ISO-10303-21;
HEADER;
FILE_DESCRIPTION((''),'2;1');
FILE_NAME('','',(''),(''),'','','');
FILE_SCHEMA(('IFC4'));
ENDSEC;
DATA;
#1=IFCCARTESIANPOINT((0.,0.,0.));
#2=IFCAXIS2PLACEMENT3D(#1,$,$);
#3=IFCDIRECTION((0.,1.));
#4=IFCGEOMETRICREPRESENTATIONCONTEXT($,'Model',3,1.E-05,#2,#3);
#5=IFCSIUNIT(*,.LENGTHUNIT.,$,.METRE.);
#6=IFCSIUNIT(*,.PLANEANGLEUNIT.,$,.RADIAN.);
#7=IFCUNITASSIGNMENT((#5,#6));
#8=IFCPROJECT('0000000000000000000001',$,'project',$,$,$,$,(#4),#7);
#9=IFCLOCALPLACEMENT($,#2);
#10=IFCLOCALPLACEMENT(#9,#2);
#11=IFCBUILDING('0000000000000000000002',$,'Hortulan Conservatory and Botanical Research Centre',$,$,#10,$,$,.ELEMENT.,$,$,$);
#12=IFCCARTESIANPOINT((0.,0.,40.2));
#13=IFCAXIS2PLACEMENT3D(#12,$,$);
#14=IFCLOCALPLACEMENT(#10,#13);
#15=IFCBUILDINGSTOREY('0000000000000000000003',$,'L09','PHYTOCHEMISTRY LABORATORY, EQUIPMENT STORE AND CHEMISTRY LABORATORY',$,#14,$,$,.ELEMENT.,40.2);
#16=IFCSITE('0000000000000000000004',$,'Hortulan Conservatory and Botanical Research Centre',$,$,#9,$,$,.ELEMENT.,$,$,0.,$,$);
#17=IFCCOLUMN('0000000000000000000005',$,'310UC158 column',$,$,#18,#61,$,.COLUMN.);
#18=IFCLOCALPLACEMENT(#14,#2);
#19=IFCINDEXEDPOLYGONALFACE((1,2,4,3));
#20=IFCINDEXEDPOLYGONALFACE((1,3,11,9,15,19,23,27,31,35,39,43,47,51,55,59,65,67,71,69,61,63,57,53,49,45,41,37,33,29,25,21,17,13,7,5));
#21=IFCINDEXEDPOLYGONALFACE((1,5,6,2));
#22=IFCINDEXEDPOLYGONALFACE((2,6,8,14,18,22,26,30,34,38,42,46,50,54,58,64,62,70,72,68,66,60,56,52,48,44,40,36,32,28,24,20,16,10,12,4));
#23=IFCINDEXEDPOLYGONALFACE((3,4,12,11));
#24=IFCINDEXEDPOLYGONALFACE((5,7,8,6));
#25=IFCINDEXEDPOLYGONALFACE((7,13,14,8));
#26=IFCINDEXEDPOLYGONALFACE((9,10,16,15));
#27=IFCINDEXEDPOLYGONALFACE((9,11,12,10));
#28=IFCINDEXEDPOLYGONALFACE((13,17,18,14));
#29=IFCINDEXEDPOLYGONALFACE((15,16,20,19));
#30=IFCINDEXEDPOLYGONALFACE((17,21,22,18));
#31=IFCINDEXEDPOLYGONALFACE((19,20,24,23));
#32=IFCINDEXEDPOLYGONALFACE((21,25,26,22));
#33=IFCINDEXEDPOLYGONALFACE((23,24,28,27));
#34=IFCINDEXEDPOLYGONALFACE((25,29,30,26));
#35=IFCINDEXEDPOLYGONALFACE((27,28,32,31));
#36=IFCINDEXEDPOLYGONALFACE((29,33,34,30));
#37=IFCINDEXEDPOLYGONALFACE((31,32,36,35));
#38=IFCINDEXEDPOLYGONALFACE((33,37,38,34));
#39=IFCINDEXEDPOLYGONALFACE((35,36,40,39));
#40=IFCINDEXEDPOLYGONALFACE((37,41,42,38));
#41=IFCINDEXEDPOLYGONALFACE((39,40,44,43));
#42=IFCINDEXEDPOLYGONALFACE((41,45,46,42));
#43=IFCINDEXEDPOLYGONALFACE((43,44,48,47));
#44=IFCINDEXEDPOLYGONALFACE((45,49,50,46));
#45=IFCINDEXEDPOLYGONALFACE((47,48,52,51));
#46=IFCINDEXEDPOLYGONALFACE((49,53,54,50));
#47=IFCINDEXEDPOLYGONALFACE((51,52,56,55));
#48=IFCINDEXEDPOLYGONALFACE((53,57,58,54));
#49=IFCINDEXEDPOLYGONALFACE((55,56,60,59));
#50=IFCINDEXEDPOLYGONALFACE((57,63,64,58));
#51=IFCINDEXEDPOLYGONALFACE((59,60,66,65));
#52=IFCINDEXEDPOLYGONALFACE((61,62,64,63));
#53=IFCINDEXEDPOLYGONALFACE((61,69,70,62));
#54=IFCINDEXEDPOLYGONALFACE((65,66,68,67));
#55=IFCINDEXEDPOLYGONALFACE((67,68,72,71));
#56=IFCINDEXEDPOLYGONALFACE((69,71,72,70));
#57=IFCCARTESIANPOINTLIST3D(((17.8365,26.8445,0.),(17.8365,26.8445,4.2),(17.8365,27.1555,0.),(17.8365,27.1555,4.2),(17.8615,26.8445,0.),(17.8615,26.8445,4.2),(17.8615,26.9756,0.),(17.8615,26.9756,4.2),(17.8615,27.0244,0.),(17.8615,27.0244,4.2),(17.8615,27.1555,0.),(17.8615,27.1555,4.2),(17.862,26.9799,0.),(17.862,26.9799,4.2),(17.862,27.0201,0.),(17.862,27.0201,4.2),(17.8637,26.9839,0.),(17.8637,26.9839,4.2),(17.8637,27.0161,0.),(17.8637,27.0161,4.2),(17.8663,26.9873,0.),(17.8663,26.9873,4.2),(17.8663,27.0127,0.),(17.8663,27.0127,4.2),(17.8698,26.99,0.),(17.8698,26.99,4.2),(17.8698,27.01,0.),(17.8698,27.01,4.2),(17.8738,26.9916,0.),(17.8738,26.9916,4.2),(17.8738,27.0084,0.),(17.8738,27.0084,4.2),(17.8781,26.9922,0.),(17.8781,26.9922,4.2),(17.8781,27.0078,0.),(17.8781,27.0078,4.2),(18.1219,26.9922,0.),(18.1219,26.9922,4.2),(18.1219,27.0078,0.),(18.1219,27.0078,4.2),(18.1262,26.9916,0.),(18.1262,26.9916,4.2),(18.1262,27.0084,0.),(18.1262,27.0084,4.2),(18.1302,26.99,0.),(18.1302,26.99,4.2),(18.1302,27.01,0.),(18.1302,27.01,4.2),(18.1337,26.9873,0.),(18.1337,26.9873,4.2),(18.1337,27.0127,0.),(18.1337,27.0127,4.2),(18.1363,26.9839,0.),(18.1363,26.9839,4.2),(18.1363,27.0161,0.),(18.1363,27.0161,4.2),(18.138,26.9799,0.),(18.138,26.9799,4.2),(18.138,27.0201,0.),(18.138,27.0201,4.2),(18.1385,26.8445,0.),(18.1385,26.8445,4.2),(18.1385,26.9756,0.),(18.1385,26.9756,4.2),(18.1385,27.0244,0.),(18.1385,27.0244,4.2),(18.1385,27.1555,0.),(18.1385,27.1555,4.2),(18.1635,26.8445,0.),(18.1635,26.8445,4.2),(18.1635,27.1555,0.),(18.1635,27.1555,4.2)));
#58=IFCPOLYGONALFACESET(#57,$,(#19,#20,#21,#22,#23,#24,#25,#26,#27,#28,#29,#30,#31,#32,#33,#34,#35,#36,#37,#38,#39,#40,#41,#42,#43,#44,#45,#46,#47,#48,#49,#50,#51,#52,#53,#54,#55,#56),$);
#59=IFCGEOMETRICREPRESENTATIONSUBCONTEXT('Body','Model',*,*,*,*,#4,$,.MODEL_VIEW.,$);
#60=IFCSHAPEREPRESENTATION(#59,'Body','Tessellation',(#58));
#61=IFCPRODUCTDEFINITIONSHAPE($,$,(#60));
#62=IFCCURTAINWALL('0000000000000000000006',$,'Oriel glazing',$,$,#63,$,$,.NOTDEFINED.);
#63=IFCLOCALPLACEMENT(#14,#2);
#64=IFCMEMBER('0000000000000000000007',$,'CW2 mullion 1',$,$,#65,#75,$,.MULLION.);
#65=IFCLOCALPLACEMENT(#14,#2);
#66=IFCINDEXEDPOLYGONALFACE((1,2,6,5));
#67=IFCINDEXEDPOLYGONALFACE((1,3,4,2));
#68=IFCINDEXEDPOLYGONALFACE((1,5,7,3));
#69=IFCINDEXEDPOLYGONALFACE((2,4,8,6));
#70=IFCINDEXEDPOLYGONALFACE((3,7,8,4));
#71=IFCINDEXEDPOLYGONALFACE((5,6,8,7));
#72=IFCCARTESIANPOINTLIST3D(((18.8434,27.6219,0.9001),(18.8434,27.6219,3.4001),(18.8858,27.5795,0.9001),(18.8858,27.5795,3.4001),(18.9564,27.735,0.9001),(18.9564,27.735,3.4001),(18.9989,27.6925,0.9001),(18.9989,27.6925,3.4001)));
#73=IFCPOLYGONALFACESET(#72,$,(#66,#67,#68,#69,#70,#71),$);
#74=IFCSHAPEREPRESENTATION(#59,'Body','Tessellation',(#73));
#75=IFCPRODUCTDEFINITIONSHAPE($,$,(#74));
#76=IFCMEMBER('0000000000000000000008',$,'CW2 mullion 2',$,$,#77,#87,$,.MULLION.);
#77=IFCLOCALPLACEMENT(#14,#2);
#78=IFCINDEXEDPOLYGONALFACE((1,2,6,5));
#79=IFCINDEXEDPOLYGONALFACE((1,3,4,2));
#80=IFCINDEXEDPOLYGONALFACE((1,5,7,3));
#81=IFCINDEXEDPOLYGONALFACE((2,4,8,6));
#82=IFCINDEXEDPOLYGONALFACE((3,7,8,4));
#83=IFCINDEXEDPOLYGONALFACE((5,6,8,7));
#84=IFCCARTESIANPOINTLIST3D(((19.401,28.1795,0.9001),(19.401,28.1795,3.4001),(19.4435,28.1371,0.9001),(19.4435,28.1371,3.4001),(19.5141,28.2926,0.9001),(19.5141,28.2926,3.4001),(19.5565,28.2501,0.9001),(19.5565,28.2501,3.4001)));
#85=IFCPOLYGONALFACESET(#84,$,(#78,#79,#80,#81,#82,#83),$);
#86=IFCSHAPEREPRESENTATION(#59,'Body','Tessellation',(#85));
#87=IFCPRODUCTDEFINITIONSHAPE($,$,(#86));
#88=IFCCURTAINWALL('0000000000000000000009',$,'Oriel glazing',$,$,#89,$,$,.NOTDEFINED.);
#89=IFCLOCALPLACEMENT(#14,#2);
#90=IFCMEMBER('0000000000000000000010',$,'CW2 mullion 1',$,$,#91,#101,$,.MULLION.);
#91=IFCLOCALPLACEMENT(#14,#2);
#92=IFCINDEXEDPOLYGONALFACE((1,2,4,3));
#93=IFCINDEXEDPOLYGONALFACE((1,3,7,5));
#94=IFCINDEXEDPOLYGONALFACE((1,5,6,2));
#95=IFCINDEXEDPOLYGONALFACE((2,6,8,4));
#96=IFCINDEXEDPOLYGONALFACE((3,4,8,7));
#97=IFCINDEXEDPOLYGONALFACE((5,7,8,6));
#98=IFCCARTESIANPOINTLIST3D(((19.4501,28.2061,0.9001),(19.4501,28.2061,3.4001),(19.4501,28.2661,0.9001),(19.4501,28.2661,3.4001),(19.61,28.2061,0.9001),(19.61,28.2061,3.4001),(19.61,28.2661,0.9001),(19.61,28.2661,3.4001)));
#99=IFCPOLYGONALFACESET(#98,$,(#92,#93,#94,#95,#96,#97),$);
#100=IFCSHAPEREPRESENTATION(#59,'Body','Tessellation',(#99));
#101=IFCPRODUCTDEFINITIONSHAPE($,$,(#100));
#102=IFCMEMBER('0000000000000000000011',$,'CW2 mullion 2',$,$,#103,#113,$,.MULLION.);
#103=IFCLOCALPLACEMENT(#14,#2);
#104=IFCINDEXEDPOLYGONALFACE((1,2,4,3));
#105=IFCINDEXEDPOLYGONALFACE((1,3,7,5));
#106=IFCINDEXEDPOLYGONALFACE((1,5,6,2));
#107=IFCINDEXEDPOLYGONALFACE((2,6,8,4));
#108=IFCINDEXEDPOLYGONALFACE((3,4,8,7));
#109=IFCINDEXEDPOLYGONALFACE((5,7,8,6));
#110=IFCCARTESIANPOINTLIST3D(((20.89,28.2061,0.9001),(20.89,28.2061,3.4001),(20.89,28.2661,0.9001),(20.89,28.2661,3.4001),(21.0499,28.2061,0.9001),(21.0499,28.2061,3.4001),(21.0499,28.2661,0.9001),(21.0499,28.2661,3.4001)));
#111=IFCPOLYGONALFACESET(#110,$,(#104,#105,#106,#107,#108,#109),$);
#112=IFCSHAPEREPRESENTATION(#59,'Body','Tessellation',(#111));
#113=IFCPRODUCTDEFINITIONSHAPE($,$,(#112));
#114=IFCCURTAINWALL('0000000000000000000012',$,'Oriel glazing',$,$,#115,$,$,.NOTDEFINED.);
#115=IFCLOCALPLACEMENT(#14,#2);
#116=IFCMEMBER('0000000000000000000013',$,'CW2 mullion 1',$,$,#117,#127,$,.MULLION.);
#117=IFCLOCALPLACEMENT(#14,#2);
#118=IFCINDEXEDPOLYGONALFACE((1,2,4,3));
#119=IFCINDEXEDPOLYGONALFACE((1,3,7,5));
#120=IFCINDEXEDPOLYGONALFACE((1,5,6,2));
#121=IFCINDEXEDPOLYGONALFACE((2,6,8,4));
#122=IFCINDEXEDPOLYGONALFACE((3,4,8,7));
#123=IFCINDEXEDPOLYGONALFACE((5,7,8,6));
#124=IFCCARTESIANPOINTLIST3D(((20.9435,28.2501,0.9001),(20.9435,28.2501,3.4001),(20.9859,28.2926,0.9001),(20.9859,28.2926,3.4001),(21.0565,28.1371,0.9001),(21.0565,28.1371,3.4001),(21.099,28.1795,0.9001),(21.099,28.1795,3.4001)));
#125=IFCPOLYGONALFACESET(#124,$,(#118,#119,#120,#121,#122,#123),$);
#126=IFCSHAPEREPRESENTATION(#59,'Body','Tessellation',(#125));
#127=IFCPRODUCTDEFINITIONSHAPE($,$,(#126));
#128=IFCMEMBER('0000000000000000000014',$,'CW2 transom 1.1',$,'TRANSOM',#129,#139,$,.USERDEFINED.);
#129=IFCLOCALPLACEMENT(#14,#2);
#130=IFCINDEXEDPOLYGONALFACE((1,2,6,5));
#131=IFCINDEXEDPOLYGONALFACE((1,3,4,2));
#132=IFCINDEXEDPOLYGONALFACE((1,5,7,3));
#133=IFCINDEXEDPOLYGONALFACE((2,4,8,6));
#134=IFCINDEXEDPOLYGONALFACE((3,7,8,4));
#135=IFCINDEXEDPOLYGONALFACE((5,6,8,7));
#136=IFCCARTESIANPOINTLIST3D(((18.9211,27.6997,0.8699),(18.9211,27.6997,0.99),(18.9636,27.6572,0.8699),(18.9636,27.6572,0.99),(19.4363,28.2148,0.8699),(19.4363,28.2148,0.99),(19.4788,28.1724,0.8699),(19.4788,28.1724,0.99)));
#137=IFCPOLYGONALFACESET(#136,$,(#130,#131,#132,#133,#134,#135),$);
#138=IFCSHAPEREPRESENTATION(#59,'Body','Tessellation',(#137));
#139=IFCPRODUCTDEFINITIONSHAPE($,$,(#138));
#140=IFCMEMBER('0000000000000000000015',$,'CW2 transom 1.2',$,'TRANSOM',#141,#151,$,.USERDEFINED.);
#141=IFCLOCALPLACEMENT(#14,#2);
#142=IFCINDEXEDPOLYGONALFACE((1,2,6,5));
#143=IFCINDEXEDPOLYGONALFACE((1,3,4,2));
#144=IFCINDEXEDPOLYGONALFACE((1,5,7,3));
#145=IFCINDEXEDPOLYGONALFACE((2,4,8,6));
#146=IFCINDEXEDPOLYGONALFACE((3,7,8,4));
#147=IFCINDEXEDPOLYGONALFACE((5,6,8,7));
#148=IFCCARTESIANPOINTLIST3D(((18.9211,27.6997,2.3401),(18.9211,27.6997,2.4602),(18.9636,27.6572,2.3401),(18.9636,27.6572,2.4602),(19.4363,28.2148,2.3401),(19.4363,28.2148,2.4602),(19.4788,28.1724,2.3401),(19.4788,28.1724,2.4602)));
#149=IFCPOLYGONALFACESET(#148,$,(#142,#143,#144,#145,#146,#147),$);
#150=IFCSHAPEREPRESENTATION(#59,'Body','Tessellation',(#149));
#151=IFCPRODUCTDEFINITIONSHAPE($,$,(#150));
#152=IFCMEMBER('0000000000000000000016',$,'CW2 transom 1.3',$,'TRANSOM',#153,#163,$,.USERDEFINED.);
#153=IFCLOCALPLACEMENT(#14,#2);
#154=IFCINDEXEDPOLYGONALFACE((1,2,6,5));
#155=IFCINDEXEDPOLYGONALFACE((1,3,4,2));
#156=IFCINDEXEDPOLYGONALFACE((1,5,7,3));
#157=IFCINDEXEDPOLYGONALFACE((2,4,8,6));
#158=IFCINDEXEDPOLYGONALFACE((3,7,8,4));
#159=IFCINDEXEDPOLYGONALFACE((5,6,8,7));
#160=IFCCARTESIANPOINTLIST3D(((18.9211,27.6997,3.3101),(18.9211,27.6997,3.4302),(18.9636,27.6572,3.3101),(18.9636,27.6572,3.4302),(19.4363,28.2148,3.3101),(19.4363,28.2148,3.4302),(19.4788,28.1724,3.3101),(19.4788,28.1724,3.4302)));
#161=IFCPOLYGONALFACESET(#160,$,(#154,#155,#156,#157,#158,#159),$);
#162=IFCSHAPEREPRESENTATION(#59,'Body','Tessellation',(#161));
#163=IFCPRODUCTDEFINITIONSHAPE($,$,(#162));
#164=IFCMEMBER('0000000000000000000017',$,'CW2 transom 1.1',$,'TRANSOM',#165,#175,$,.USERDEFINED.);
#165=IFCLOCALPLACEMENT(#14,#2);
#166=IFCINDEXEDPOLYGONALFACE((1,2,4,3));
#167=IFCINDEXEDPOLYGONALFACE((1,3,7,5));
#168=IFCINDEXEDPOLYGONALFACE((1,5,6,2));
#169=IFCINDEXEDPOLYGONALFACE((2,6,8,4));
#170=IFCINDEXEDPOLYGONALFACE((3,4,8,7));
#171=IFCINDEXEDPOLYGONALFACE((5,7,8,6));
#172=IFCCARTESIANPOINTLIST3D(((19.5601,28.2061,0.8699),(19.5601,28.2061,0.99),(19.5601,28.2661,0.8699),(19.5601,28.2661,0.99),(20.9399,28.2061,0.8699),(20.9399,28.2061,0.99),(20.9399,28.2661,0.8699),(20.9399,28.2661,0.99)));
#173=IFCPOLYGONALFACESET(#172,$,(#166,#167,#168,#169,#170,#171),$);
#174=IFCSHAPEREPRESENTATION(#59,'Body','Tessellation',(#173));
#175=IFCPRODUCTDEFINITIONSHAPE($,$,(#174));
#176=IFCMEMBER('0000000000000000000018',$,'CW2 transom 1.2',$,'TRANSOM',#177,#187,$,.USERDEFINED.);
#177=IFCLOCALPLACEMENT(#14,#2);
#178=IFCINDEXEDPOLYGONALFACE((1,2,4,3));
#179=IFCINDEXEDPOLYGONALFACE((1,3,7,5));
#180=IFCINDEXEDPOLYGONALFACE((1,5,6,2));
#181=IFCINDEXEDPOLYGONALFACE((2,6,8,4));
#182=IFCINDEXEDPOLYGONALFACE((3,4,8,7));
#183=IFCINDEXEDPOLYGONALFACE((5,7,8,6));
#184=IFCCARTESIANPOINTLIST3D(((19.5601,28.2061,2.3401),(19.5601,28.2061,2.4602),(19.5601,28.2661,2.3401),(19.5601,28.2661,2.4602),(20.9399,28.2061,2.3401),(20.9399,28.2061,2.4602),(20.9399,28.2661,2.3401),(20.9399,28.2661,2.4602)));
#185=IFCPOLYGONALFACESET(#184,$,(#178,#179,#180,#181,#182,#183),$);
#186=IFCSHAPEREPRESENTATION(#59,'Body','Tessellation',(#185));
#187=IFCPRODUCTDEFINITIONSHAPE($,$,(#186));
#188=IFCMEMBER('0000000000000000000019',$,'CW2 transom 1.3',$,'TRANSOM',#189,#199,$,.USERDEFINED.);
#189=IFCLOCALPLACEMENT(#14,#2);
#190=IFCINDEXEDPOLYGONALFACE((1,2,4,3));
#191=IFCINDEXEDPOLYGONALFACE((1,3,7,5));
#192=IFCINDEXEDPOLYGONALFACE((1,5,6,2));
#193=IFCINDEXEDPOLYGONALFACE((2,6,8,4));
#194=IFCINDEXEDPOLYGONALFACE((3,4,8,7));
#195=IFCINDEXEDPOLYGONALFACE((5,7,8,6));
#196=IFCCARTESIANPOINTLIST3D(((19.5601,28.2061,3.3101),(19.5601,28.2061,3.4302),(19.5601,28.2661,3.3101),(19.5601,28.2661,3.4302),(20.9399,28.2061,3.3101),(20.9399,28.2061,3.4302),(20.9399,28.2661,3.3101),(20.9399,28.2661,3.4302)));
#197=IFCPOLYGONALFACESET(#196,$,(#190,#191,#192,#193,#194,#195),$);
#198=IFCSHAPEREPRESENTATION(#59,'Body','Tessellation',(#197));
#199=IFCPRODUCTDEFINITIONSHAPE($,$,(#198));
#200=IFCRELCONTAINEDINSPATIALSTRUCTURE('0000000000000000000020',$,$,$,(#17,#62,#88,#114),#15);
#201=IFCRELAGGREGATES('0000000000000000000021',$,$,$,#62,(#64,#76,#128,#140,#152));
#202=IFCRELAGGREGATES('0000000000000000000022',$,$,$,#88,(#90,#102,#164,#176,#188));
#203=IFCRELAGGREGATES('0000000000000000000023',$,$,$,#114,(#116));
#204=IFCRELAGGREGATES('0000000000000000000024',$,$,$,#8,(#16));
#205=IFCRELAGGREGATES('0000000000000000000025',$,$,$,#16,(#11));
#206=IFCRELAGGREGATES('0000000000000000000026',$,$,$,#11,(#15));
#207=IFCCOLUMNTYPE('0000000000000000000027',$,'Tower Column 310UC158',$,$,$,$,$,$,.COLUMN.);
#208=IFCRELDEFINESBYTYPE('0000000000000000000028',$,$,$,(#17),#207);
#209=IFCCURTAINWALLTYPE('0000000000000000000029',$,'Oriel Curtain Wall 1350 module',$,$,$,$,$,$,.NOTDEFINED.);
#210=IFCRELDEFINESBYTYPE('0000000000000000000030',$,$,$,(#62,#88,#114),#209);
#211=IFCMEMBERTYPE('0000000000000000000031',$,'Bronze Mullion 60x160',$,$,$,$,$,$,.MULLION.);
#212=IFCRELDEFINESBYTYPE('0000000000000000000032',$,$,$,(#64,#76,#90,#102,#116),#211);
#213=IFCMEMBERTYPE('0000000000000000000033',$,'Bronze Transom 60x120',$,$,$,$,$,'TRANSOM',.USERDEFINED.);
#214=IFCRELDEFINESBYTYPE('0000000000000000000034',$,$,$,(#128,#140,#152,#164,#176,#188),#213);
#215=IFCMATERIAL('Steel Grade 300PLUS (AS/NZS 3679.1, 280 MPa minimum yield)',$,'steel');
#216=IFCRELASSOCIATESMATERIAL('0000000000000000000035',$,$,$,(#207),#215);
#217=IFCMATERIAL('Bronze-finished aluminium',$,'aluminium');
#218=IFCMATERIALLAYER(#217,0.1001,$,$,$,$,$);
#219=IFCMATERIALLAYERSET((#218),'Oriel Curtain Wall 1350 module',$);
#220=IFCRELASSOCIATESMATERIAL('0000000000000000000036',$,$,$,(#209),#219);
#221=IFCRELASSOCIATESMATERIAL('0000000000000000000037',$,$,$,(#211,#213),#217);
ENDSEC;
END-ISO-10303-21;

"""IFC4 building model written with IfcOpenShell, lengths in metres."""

from ifc_helpers import new_model, si_unit, direction, frame, origin, origin_2d, place, context, subcontext, project, spatial, rectangle, i_section, extrude, material, layer, layer_set, material_profile, profile_set, type_object, element, aggregate, save


model = new_model("IFC4")

# Units and contexts
model_context = context("Model", 3, precision=1e-05, world=origin(), true_north=direction((0.0, 1.0)))
body_context = subcontext(model_context, "Body", "Model", "MODEL_VIEW")
ifc_project = project(units=[si_unit("LENGTHUNIT", "METRE"), si_unit("PLANEANGLEUNIT", "RADIAN")], contexts=[model_context])

# Site, building, storey
site_placement = place(None, origin())
site = spatial("IfcSite", under=ifc_project, at=site_placement, Name="Hortulan Conservatory and Botanical Research Centre", CompositionType="ELEMENT", RefElevation=0.0)
building_placement = place(site_placement, origin())
building = spatial("IfcBuilding", under=site, at=building_placement, Name="Hortulan Conservatory and Botanical Research Centre", CompositionType="ELEMENT")
storey_placement = place(building_placement, frame((0.0, 0.0, 40.2)))
storey = spatial("IfcBuildingStorey", under=building, at=storey_placement, Name="L09", Description="PHYTOCHEMISTRY LABORATORY, EQUIPMENT STORE AND CHEMISTRY LABORATORY", CompositionType="ELEMENT", Elevation=40.2)

# Column
ifc_material_1 = material(Name="Steel Grade 300PLUS (AS/NZS 3679.1, 280 MPa minimum yield)", Category="steel")
ifc_material_profile_1 = material_profile(ifc_material_1, i_section(OverallWidth=0.311, OverallDepth=0.3269, WebThickness=0.0156, FlangeThickness=0.0249, FilletRadius=0.0166, at=origin_2d()), Name="310UC158")
ifc_profile_set_1 = profile_set([ifc_material_profile_1], Name="Steel Grade 300PLUS (AS/NZS 3679.1, 280 MPa minimum yield)")
column_type = type_object("IfcColumnType", Name="Tower Column 310UC158", PredefinedType="COLUMN", material=ifc_profile_set_1)
column_placement = place(storey_placement, frame((18.0, 27.0, 0.0), z_axis=(0.0, 0.0, 1.0), x_axis=(0.0, 1.0, 0.0)))
element("IfcColumn", 1, at=column_placement, inside=storey, type_object=column_type, Name="310UC158 column", PredefinedType="COLUMN", context=body_context, shape_type="SweptSolid", body=[
    extrude(i_section(OverallWidth=0.311, OverallDepth=0.3269, WebThickness=0.0156, FlangeThickness=0.0249, FilletRadius=0.0166, at=origin_2d()), origin(), (0.0, 0.0, 1.0), 4.2),
])

# Curtain walls, members
ifc_material_2 = material(Name="Bronze-finished aluminium", Category="aluminium")
ifc_layer_1 = layer(ifc_material_2, 0.1001)
ifc_layer_set_1 = layer_set([ifc_layer_1], Name="Oriel Curtain Wall 1350 module")
curtain_wall_type = type_object("IfcCurtainWallType", Name="Oriel Curtain Wall 1350 module", PredefinedType="NOTDEFINED", material=ifc_layer_set_1)
curtain_wall_1_placement = place(storey_placement, origin())
curtain_wall_1 = element("IfcCurtainWall", 2, at=curtain_wall_1_placement, inside=storey, type_object=curtain_wall_type, Name="Oriel glazing", PredefinedType="NOTDEFINED")
ifc_material_profile_2 = material_profile(ifc_material_2, rectangle(XDim=0.0601, YDim=0.1599, at=origin_2d()), Name="Bronze Mullion 60x160")
ifc_profile_set_2 = profile_set([ifc_material_profile_2], Name="Bronze-finished aluminium")
member_type_1 = type_object("IfcMemberType", Name="Bronze Mullion 60x160", PredefinedType="MULLION", material=ifc_profile_set_2)
member_1_placement = place(storey_placement, frame((18.9211, 27.6572, 0.9001), z_axis=(0.0, 0.0, 1.0), x_axis=(-0.707107, 0.707107, 0.0)))
member_1 = element("IfcMember", 3, at=member_1_placement, type_object=member_type_1, Name="CW2 mullion 1", PredefinedType="MULLION", context=body_context, shape_type="SweptSolid", body=[
    extrude(rectangle(XDim=0.0601, YDim=0.1599, at=origin_2d()), origin(), (0.0, 0.0, 1.0), 2.5),
])
member_2_placement = place(storey_placement, frame((19.4788, 28.2148, 0.9001), z_axis=(0.0, 0.0, 1.0), x_axis=(-0.707107, 0.707107, 0.0)))
member_2 = element("IfcMember", 4, at=member_2_placement, type_object=member_type_1, Name="CW2 mullion 2", PredefinedType="MULLION", context=body_context, shape_type="SweptSolid", body=[
    extrude(rectangle(XDim=0.0601, YDim=0.1599, at=origin_2d()), origin(), (0.0, 0.0, 1.0), 2.5),
])
curtain_wall_2_placement = place(storey_placement, origin())
curtain_wall_2 = element("IfcCurtainWall", 5, at=curtain_wall_2_placement, inside=storey, type_object=curtain_wall_type, Name="Oriel glazing", PredefinedType="NOTDEFINED")
member_3_placement = place(storey_placement, frame((19.53, 28.2361, 0.9001), z_axis=(0.0, 0.0, 1.0), x_axis=(0.0, 1.0, 0.0)))
member_3 = element("IfcMember", 6, at=member_3_placement, type_object=member_type_1, Name="CW2 mullion 1", PredefinedType="MULLION", context=body_context, shape_type="SweptSolid", body=[
    extrude(rectangle(XDim=0.0601, YDim=0.1599, at=origin_2d()), origin(), (0.0, 0.0, 1.0), 2.5),
])
member_4_placement = place(storey_placement, frame((20.97, 28.2361, 0.9001), z_axis=(0.0, 0.0, 1.0), x_axis=(0.0, 1.0, 0.0)))
member_4 = element("IfcMember", 7, at=member_4_placement, type_object=member_type_1, Name="CW2 mullion 2", PredefinedType="MULLION", context=body_context, shape_type="SweptSolid", body=[
    extrude(rectangle(XDim=0.0601, YDim=0.1599, at=origin_2d()), origin(), (0.0, 0.0, 1.0), 2.5),
])

# Curtain wall, member
curtain_wall_3_placement = place(storey_placement, origin())
curtain_wall_3 = element("IfcCurtainWall", 8, at=curtain_wall_3_placement, inside=storey, type_object=curtain_wall_type, Name="Oriel glazing", PredefinedType="NOTDEFINED")
member_5_placement = place(storey_placement, frame((21.0212, 28.2148, 0.9001), z_axis=(0.0, 0.0, 1.0), x_axis=(0.707107, 0.707107, 0.0)))
member_5 = element("IfcMember", 9, at=member_5_placement, type_object=member_type_1, Name="CW2 mullion 1", PredefinedType="MULLION", context=body_context, shape_type="SweptSolid", body=[
    extrude(rectangle(XDim=0.0601, YDim=0.1599, at=origin_2d()), origin(), (0.0, 0.0, 1.0), 2.5),
])

# Members
ifc_material_profile_3 = material_profile(ifc_material_2, rectangle(XDim=0.0601, YDim=0.1201, at=origin_2d()), Name="Bronze Transom 60x120")
ifc_profile_set_3 = profile_set([ifc_material_profile_3], Name="Bronze-finished aluminium")
member_type_2 = type_object("IfcMemberType", Name="Bronze Transom 60x120", ElementType="TRANSOM", PredefinedType="USERDEFINED", material=ifc_profile_set_3)
member_6_placement = place(storey_placement, frame((18.9424, 27.6785, 0.9299), z_axis=(0.707107, 0.707107, 0.0), x_axis=(-0.707107, 0.707107, 0.0)))
member_6 = element("IfcMember", 10, at=member_6_placement, type_object=member_type_2, Name="CW2 transom 1.1", ObjectType="TRANSOM", PredefinedType="USERDEFINED", context=body_context, shape_type="SweptSolid", body=[
    extrude(rectangle(XDim=0.0601, YDim=0.1201, at=origin_2d()), origin(), (0.0, 0.0, 1.0), 0.7285),
])
member_7_placement = place(storey_placement, frame((18.9424, 27.6785, 2.4001), z_axis=(0.707107, 0.707107, 0.0), x_axis=(-0.707107, 0.707107, 0.0)))
member_7 = element("IfcMember", 11, at=member_7_placement, type_object=member_type_2, Name="CW2 transom 1.2", ObjectType="TRANSOM", PredefinedType="USERDEFINED", context=body_context, shape_type="SweptSolid", body=[
    extrude(rectangle(XDim=0.0601, YDim=0.1201, at=origin_2d()), origin(), (0.0, 0.0, 1.0), 0.7285),
])
member_8_placement = place(storey_placement, frame((18.9424, 27.6785, 3.3701), z_axis=(0.707107, 0.707107, 0.0), x_axis=(-0.707107, 0.707107, 0.0)))
member_8 = element("IfcMember", 12, at=member_8_placement, type_object=member_type_2, Name="CW2 transom 1.3", ObjectType="TRANSOM", PredefinedType="USERDEFINED", context=body_context, shape_type="SweptSolid", body=[
    extrude(rectangle(XDim=0.0601, YDim=0.1201, at=origin_2d()), origin(), (0.0, 0.0, 1.0), 0.7285),
])
member_9_placement = place(storey_placement, frame((19.5601, 28.2361, 0.9299), z_axis=(1.0, 0.0, 0.0), x_axis=(0.0, 1.0, 0.0)))
member_9 = element("IfcMember", 13, at=member_9_placement, type_object=member_type_2, Name="CW2 transom 1.1", ObjectType="TRANSOM", PredefinedType="USERDEFINED", context=body_context, shape_type="SweptSolid", body=[
    extrude(rectangle(XDim=0.0601, YDim=0.1201, at=origin_2d()), origin(), (0.0, 0.0, 1.0), 1.3799),
])
member_10_placement = place(storey_placement, frame((19.5601, 28.2361, 2.4001), z_axis=(1.0, 0.0, 0.0), x_axis=(0.0, 1.0, 0.0)))
member_10 = element("IfcMember", 14, at=member_10_placement, type_object=member_type_2, Name="CW2 transom 1.2", ObjectType="TRANSOM", PredefinedType="USERDEFINED", context=body_context, shape_type="SweptSolid", body=[
    extrude(rectangle(XDim=0.0601, YDim=0.1201, at=origin_2d()), origin(), (0.0, 0.0, 1.0), 1.3799),
])
member_11_placement = place(storey_placement, frame((19.5601, 28.2361, 3.3701), z_axis=(1.0, 0.0, 0.0), x_axis=(0.0, 1.0, 0.0)))
member_11 = element("IfcMember", 15, at=member_11_placement, type_object=member_type_2, Name="CW2 transom 1.3", ObjectType="TRANSOM", PredefinedType="USERDEFINED", context=body_context, shape_type="SweptSolid", body=[
    extrude(rectangle(XDim=0.0601, YDim=0.1201, at=origin_2d()), origin(), (0.0, 0.0, 1.0), 1.3799),
])

aggregate(curtain_wall_1, [member_1, member_2, member_6, member_7, member_8])
aggregate(curtain_wall_2, [member_3, member_4, member_9, member_10, member_11])
aggregate(curtain_wall_3, [member_5])

save(model, "model.ifc")
